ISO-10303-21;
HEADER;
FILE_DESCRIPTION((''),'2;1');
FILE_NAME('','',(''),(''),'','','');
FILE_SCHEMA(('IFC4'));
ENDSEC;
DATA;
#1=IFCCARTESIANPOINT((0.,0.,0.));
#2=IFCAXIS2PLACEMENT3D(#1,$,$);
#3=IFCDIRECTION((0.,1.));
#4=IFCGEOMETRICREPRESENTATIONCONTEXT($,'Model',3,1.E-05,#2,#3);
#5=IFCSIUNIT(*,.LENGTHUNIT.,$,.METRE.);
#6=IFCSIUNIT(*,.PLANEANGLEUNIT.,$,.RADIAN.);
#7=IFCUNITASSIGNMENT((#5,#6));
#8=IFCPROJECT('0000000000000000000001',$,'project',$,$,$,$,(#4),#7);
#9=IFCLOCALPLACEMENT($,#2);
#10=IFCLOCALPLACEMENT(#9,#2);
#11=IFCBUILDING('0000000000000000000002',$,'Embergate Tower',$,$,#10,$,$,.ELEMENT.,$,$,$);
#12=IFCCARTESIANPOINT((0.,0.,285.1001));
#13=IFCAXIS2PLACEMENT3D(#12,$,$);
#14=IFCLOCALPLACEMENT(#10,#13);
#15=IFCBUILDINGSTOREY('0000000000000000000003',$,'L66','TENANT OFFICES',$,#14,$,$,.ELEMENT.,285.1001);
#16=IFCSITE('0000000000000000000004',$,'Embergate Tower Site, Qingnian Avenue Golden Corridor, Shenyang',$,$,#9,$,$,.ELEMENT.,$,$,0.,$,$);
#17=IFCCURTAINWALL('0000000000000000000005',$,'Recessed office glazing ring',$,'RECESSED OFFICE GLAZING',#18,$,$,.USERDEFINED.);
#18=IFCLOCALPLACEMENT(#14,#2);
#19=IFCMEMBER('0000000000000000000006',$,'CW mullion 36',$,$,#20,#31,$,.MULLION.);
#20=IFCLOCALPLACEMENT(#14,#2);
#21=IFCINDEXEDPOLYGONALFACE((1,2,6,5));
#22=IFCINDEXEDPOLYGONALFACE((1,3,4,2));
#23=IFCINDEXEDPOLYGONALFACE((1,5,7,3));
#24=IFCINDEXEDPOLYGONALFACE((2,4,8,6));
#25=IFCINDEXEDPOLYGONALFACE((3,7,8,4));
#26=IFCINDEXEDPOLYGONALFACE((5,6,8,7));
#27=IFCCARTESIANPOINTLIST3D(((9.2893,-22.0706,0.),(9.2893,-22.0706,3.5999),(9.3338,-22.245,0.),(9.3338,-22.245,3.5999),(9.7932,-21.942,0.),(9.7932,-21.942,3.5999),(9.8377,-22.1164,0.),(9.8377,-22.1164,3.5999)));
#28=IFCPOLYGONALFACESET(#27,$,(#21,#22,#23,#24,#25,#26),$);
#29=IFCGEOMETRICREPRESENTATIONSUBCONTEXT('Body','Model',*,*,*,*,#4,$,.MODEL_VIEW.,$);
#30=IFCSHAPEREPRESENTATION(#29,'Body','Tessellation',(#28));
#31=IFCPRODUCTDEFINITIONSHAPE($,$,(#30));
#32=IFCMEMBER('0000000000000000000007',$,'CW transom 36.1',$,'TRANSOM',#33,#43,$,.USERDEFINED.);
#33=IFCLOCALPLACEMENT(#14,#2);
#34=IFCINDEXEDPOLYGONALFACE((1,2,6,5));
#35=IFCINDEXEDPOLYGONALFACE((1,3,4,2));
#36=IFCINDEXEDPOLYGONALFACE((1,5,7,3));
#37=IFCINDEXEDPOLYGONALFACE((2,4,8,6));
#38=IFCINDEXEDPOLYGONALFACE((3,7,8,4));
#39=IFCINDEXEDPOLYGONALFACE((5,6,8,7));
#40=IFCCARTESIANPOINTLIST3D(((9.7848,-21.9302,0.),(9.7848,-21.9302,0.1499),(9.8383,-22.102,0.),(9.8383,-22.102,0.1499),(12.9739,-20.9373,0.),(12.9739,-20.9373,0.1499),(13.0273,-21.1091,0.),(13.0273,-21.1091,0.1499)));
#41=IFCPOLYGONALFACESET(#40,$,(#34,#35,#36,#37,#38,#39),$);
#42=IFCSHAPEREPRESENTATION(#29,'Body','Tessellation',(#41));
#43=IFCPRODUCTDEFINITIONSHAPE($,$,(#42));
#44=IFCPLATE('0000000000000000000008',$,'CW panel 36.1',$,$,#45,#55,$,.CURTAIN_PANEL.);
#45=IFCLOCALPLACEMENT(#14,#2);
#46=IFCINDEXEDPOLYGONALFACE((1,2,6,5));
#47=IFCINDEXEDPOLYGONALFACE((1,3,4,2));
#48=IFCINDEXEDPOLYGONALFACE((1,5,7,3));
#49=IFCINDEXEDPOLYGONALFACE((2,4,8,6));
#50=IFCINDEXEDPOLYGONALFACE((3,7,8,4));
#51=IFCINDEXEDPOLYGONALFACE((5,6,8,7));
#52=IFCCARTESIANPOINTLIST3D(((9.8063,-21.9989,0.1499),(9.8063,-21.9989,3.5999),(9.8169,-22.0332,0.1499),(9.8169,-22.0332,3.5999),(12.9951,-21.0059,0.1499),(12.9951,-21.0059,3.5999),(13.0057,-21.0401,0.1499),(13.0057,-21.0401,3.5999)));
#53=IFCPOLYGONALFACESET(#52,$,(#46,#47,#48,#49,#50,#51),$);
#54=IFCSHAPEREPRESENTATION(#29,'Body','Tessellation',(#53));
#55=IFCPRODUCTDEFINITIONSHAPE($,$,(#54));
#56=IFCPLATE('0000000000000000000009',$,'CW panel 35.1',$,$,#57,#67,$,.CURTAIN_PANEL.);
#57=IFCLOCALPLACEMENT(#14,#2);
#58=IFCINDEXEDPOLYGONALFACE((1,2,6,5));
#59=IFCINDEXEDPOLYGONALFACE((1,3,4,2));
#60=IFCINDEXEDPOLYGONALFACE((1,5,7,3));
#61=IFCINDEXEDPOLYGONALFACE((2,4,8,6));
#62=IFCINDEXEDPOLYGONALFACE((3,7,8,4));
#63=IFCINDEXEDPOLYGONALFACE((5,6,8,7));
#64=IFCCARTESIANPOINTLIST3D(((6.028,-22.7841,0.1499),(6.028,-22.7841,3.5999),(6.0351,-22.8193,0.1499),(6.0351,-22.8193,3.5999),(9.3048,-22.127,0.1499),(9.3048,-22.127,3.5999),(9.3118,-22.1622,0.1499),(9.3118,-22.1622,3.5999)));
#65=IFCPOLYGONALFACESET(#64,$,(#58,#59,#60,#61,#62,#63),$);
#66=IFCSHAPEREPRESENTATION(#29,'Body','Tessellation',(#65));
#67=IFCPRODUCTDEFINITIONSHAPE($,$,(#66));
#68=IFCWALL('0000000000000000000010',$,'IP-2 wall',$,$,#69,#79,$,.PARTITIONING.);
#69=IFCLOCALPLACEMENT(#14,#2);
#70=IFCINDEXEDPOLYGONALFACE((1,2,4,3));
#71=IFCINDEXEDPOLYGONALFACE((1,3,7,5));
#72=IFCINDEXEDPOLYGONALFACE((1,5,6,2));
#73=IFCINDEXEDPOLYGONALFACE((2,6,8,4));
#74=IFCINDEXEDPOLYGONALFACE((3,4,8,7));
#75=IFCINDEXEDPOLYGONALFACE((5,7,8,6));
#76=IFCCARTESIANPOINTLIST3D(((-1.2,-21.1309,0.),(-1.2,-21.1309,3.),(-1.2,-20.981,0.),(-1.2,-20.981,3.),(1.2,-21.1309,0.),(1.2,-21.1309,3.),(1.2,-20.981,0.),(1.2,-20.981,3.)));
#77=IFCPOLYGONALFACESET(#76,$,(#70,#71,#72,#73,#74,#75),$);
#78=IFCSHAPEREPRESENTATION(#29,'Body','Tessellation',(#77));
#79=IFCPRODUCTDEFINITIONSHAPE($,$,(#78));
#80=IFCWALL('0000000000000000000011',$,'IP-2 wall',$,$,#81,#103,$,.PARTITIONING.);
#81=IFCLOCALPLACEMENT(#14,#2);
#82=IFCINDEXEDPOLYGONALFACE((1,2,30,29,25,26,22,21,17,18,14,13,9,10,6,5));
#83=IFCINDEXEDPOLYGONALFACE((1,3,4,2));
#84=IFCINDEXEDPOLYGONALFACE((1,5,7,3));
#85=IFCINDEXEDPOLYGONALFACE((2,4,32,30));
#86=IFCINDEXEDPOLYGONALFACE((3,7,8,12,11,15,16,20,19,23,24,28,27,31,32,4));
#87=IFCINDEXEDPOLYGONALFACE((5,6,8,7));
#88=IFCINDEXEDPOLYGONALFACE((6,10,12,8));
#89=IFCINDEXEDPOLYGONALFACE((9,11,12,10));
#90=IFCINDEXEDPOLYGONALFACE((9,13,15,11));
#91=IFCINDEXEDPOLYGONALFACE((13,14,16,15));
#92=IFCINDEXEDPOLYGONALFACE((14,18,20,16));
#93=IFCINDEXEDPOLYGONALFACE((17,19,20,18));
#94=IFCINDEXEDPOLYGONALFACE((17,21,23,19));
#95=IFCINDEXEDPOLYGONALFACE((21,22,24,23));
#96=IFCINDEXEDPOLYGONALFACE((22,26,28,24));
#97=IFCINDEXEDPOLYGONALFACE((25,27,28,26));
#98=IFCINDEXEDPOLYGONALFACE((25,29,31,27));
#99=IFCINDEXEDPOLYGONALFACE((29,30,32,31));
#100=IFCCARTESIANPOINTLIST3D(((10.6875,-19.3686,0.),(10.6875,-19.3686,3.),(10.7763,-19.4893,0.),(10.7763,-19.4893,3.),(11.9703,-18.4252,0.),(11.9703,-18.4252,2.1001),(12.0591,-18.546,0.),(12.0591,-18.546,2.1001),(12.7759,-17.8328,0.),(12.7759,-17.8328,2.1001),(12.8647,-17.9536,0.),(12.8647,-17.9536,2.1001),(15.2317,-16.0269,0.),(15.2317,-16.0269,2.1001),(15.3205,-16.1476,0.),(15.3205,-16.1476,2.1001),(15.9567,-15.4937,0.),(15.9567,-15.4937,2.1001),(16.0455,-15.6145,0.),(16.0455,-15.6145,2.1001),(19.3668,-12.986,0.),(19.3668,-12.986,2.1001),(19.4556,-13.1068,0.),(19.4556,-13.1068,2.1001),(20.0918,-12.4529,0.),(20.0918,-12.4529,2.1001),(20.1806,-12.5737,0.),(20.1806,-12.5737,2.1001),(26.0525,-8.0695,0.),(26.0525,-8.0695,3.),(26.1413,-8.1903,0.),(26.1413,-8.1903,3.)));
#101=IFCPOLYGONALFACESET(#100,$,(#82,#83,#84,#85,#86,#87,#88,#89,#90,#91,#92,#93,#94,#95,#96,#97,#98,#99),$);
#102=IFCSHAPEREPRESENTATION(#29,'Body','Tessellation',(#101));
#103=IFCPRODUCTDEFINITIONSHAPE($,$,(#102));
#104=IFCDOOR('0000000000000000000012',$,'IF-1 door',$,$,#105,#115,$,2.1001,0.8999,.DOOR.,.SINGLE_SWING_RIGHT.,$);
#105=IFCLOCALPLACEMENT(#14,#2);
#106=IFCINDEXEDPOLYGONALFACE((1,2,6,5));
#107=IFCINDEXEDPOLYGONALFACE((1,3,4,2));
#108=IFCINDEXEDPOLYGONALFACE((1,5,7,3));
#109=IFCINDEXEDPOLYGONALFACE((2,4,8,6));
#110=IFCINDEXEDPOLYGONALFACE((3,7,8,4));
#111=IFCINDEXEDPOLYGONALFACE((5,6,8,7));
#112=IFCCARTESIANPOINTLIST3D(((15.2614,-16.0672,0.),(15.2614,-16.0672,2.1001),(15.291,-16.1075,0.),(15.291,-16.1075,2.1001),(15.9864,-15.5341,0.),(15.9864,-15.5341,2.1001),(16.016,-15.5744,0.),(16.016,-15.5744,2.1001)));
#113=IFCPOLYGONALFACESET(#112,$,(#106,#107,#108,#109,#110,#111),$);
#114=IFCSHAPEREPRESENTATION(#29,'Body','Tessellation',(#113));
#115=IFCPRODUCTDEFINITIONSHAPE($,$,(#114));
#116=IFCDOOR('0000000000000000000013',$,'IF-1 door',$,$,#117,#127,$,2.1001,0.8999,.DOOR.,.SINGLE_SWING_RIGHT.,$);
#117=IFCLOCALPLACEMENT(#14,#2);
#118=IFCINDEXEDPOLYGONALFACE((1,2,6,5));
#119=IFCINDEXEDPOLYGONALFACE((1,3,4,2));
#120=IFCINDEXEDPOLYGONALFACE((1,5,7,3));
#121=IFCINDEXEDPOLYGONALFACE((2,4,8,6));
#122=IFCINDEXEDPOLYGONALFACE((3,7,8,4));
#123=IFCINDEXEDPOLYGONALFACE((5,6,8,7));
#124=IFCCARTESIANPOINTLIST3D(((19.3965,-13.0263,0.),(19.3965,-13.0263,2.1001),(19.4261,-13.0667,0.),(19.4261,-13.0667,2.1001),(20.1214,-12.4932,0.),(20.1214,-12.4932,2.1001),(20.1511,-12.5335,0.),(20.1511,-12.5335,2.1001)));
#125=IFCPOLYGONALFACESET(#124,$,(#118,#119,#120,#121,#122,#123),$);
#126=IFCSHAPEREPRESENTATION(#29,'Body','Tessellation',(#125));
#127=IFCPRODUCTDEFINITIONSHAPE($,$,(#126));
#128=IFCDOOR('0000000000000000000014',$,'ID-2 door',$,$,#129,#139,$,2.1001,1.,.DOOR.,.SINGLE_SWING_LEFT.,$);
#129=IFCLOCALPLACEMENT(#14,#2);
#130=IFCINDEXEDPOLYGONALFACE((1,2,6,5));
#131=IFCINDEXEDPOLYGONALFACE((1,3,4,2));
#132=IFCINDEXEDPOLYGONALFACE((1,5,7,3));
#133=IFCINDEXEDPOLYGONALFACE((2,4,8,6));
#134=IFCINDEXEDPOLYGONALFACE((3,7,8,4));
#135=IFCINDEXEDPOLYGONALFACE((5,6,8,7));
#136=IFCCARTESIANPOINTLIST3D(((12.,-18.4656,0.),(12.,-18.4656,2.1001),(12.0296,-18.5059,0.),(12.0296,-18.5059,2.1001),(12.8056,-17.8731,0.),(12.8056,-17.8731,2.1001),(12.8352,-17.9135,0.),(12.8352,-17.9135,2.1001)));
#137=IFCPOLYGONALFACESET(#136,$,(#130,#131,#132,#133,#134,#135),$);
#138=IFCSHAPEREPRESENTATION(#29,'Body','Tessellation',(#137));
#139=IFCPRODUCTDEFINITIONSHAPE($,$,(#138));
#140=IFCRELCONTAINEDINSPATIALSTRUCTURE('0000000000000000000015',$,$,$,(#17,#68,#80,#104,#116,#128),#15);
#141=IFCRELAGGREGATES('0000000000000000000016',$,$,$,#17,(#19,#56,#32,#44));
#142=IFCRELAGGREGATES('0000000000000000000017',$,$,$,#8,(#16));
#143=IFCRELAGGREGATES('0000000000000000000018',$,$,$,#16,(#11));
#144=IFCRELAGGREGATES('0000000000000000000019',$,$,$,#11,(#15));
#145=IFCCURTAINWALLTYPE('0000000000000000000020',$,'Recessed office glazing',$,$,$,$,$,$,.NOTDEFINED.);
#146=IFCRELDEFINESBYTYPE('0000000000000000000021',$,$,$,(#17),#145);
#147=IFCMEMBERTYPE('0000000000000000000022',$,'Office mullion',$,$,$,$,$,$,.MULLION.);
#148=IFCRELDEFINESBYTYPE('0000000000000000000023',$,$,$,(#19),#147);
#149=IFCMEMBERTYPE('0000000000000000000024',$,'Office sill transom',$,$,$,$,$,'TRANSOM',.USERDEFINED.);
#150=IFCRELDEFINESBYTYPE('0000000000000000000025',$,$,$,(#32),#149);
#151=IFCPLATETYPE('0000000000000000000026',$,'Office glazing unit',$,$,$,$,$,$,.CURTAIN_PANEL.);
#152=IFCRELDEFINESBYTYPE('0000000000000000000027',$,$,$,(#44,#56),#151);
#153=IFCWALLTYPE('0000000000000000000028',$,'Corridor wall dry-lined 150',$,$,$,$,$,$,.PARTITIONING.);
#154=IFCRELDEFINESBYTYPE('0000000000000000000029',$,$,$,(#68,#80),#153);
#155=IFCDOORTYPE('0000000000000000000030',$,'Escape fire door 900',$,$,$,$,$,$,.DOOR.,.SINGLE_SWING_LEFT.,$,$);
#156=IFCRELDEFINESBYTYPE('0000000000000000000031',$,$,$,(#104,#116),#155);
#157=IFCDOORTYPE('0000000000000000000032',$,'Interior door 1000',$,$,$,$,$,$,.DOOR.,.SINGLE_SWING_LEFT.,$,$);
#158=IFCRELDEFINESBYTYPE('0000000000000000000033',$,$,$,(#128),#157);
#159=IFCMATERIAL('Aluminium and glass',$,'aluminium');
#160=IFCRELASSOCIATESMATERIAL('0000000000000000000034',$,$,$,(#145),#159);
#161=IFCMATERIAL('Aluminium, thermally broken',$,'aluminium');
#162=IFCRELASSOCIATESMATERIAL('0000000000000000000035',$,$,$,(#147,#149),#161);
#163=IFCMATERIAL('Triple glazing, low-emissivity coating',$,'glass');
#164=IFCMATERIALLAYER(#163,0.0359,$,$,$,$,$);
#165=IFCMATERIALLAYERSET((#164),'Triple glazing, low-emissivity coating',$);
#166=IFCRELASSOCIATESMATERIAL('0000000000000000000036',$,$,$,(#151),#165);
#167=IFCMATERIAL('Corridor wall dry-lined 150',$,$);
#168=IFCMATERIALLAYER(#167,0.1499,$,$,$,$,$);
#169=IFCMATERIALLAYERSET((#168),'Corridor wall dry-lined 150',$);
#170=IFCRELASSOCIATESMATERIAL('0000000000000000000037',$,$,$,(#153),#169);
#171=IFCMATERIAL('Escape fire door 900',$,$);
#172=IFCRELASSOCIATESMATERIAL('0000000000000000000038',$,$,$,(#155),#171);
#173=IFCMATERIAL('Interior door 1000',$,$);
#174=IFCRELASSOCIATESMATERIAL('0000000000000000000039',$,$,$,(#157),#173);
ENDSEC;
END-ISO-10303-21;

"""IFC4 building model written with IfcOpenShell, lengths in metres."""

from ifc_helpers import new_model, si_unit, direction, frame, frame_2d, origin, origin_2d, place, context, subcontext, project, spatial, rectangle, extrude, source, transform, mapped, material, layer, layer_set, material_profile, profile_set, type_object, element, fill, aggregate, save


model = new_model("IFC4")

# Units and contexts
model_context = context("Model", 3, precision=1e-05, world=origin(), true_north=direction((0.0, 1.0)))
body_context = subcontext(model_context, "Body", "Model", "MODEL_VIEW")
ifc_project = project(units=[si_unit("LENGTHUNIT", "METRE"), si_unit("PLANEANGLEUNIT", "RADIAN")], contexts=[model_context])

# Site, building, storey
site_placement = place(None, origin())
site = spatial("IfcSite", under=ifc_project, at=site_placement, Name="Embergate Tower Site, Qingnian Avenue Golden Corridor, Shenyang", CompositionType="ELEMENT", RefElevation=0.0)
building_placement = place(site_placement, origin())
building = spatial("IfcBuilding", under=site, at=building_placement, Name="Embergate Tower", CompositionType="ELEMENT")
storey_placement = place(building_placement, frame((0.0, 0.0, 285.1001)))
storey = spatial("IfcBuildingStorey", under=building, at=storey_placement, Name="L66", Description="TENANT OFFICES", CompositionType="ELEMENT", Elevation=285.1001)

# Curtain wall, members, plates
ifc_material_1 = material(Name="Aluminium and glass", Category="aluminium")
curtain_wall_type = type_object("IfcCurtainWallType", Name="Recessed office glazing", PredefinedType="NOTDEFINED", material=ifc_material_1)
curtain_wall_placement = place(storey_placement, origin())
curtain_wall = element("IfcCurtainWall", 1, at=curtain_wall_placement, inside=storey, type_object=curtain_wall_type, Name="Recessed office glazing ring", ObjectType="RECESSED OFFICE GLAZING", PredefinedType="USERDEFINED")
ifc_material_2 = material(Name="Aluminium, thermally broken", Category="aluminium")
ifc_material_profile_1 = material_profile(ifc_material_2, rectangle(XDim=0.1799, YDim=0.52, at=origin_2d()), Name="AL 520x180")
ifc_profile_set_1 = profile_set([ifc_material_profile_1], Name="Aluminium, thermally broken")
member_type_1 = type_object("IfcMemberType", Name="Office mullion", PredefinedType="MULLION", material=ifc_profile_set_1)
shared_shape_1 = source(origin(), body_context, "Body", "SweptSolid", [
    extrude(rectangle(XDim=0.1799, YDim=0.52, at=origin_2d()), origin(), (0.0, 0.0, 1.0), 3.5999),
])
member_1_placement = place(storey_placement, frame((9.5635, -22.0935, 0.0), z_axis=(0.0, 0.0, 1.0), x_axis=(-0.247305, 0.968938, 0.0)))
member_1 = element("IfcMember", 2, at=member_1_placement, type_object=member_type_1, Name="CW mullion 36", PredefinedType="MULLION", context=body_context, shape_type="MappedRepresentation", body=[
    mapped(shared_shape_1, transform((0.0, 0.0, 0.0))),
])
ifc_material_profile_2 = material_profile(ifc_material_2, rectangle(XDim=0.1799, YDim=0.1499, at=origin_2d()), Name="AL 150x180")
ifc_profile_set_2 = profile_set([ifc_material_profile_2], Name="Aluminium, thermally broken")
member_type_2 = type_object("IfcMemberType", Name="Office sill transom", ElementType="TRANSOM", PredefinedType="USERDEFINED", material=ifc_profile_set_2)
shared_shape_2 = source(origin(), body_context, "Body", "SweptSolid", [
    extrude(rectangle(XDim=0.1799, YDim=0.1499, at=origin_2d()), origin(), (0.0, 0.0, 1.0), 3.3401),
])
member_2_placement = place(storey_placement, frame((9.8115, -22.0161, 0.075), z_axis=(0.954789, 0.297284, 0.0), x_axis=(-0.297284, 0.954789, 0.0)))
member_2 = element("IfcMember", 3, at=member_2_placement, type_object=member_type_2, Name="CW transom 36.1", ObjectType="TRANSOM", PredefinedType="USERDEFINED", context=body_context, shape_type="MappedRepresentation", body=[
    mapped(shared_shape_2, transform((0.0, 0.0, 0.0))),
])
ifc_material_3 = material(Name="Triple glazing, low-emissivity coating", Category="glass")
ifc_layer_1 = layer(ifc_material_3, 0.0359)
ifc_layer_set_1 = layer_set([ifc_layer_1], Name="Triple glazing, low-emissivity coating")
plate_type = type_object("IfcPlateType", Name="Office glazing unit", PredefinedType="CURTAIN_PANEL", material=ifc_layer_set_1)
shared_shape_3 = source(origin(), body_context, "Body", "SweptSolid", [
    extrude(rectangle(XDim=3.3398, YDim=0.0359, at=origin_2d()), origin(), (0.0, 0.0, 1.0), 3.45),
])
plate_1_placement = place(storey_placement, frame((11.406, -21.5195, 0.1499), z_axis=(0.0, 0.0, 1.0), x_axis=(0.954774, 0.297333, 0.0)))
plate_1 = element("IfcPlate", 4, at=plate_1_placement, type_object=plate_type, Name="CW panel 36.1", PredefinedType="CURTAIN_PANEL", context=body_context, shape_type="MappedRepresentation", body=[
    mapped(shared_shape_3, transform((0.0, 0.0, 0.0))),
])
shared_shape_4 = source(origin(), body_context, "Body", "SweptSolid", [
    extrude(rectangle(XDim=3.342, YDim=0.0359, at=origin_2d()), origin(), (0.0, 0.0, 1.0), 3.45),
])
plate_2_placement = place(storey_placement, frame((7.6699, -22.4731, 0.1499), z_axis=(0.0, 0.0, 1.0), x_axis=(0.980477, 0.196636, 0.0)))
plate_2 = element("IfcPlate", 5, at=plate_2_placement, type_object=plate_type, Name="CW panel 35.1", PredefinedType="CURTAIN_PANEL", context=body_context, shape_type="MappedRepresentation", body=[
    mapped(shared_shape_4, transform((0.0, 0.0, 0.0))),
])
aggregate(curtain_wall, [member_1, plate_2, member_2, plate_1])

# Wall
ifc_material_4 = material(Name="Corridor wall dry-lined 150")
ifc_layer_2 = layer(ifc_material_4, 0.1499)
ifc_layer_set_2 = layer_set([ifc_layer_2], Name="Corridor wall dry-lined 150")
wall_type_1 = type_object("IfcWallType", Name="Corridor wall dry-lined 150", PredefinedType="PARTITIONING", material=ifc_layer_set_2)
shared_shape_5 = source(origin(), body_context, "Body", "SweptSolid", [
    extrude(rectangle(XDim=2.3999, YDim=0.1499, at=frame_2d((1.2, 0.0))), origin(), (0.0, 0.0, 1.0), 3.0),
])
wall_1_placement = place(storey_placement, frame((1.2, -21.0559, 0.0), z_axis=(0.0, 0.0, 1.0), x_axis=(-1.0, 0.0, 0.0)))
element("IfcWall", 6, at=wall_1_placement, inside=storey, type_object=wall_type_1, Name="IP-2 wall", PredefinedType="PARTITIONING", context=body_context, shape_type="MappedRepresentation", body=[
    mapped(shared_shape_5, transform((0.0, 0.0, 0.0))),
])

# Wall, openings, doors
shared_shape_6 = source(origin(), body_context, "Body", "SweptSolid", [
    extrude(rectangle(XDim=19.0723, YDim=0.1499, at=frame_2d((9.5361, 0.0))), origin(), (0.0, 0.0, 1.0), 3.0),
])
wall_2_placement = place(storey_placement, frame((10.7319, -19.429, 0.0), z_axis=(0.0, 0.0, 1.0), x_axis=(0.805619, 0.592434, 0.0)))
wall_2 = element("IfcWall", 7, at=wall_2_placement, inside=storey, type_object=wall_type_1, Name="IP-2 wall", PredefinedType="PARTITIONING", context=body_context, shape_type="MappedRepresentation", body=[
    mapped(shared_shape_6, transform((0.0, 0.0, 0.0))),
])
shared_shape_7 = source(origin(), body_context, "Body", "SweptSolid", [
    extrude(rectangle(XDim=1.0, YDim=2.1001, at=frame_2d((0.5, 1.05))), frame((0.0, 0.085, 0.0), z_axis=(0.0, -1.0, 0.0), x_axis=(1.0, 0.0, 0.0)), (0.0, 0.0, 1.0), 0.1699),
])
opening_1_placement = place(wall_2_placement, frame((1.5923, 0.0, 0.0)))
opening_1 = element("IfcOpeningElement", 8, at=opening_1_placement, cuts=wall_2, PredefinedType="OPENING", context=body_context, shape_type="MappedRepresentation", body=[
    mapped(shared_shape_7, transform((0.0, 0.0, 0.0))),
])
shared_shape_8 = source(origin(), body_context, "Body", "SweptSolid", [
    extrude(rectangle(XDim=0.8999, YDim=2.1001, at=frame_2d((0.45, 1.05))), frame((0.0, 0.085, 0.0), z_axis=(0.0, -1.0, 0.0), x_axis=(1.0, 0.0, 0.0)), (0.0, 0.0, 1.0), 0.1699),
])
opening_2_placement = place(wall_2_placement, frame((5.6406, 0.0, 0.0)))
opening_2 = element("IfcOpeningElement", 9, at=opening_2_placement, cuts=wall_2, PredefinedType="OPENING", context=body_context, shape_type="MappedRepresentation", body=[
    mapped(shared_shape_8, transform((0.0, 0.0, 0.0))),
])
opening_3_placement = place(wall_2_placement, frame((10.7734, 0.0, 0.0)))
opening_3 = element("IfcOpeningElement", 10, at=opening_3_placement, cuts=wall_2, PredefinedType="OPENING", context=body_context, shape_type="MappedRepresentation", body=[
    mapped(shared_shape_8, transform((0.0, 0.0, 0.0))),
])
ifc_material_5 = material(Name="Escape fire door 900")
door_type_1 = type_object("IfcDoorType", Name="Escape fire door 900", OperationType="SINGLE_SWING_LEFT", PredefinedType="DOOR", material=ifc_material_5)
shared_shape_9 = source(origin(), body_context, "Body", "SweptSolid", [
    extrude(rectangle(XDim=0.8999, YDim=2.1001, at=frame_2d((0.45, 1.05))), frame((0.0, 0.0249, 0.0), z_axis=(0.0, -1.0, 0.0), x_axis=(1.0, 0.0, 0.0)), (0.0, 0.0, 1.0), 0.05),
])
door_1_placement = place(opening_2_placement, origin())
door_1 = element("IfcDoor", 11, at=door_1_placement, inside=storey, type_object=door_type_1, Name="IF-1 door", OperationType="SINGLE_SWING_RIGHT", OverallHeight=2.1001, OverallWidth=0.8999, PredefinedType="DOOR", context=body_context, shape_type="MappedRepresentation", body=[
    mapped(shared_shape_9, transform((0.0, 0.0, 0.0))),
])
fill(opening_2, door_1)
door_2_placement = place(opening_3_placement, origin())
door_2 = element("IfcDoor", 12, at=door_2_placement, inside=storey, type_object=door_type_1, Name="IF-1 door", OperationType="SINGLE_SWING_RIGHT", OverallHeight=2.1001, OverallWidth=0.8999, PredefinedType="DOOR", context=body_context, shape_type="MappedRepresentation", body=[
    mapped(shared_shape_9, transform((0.0, 0.0, 0.0))),
])
fill(opening_3, door_2)
ifc_material_6 = material(Name="Interior door 1000")
door_type_2 = type_object("IfcDoorType", Name="Interior door 1000", OperationType="SINGLE_SWING_LEFT", PredefinedType="DOOR", material=ifc_material_6)
shared_shape_10 = source(origin(), body_context, "Body", "SweptSolid", [
    extrude(rectangle(XDim=1.0, YDim=2.1001, at=frame_2d((0.5, 1.05))), frame((0.0, 0.0249, 0.0), z_axis=(0.0, -1.0, 0.0), x_axis=(1.0, 0.0, 0.0)), (0.0, 0.0, 1.0), 0.05),
])
door_3_placement = place(opening_1_placement, origin())
door_3 = element("IfcDoor", 13, at=door_3_placement, inside=storey, type_object=door_type_2, Name="ID-2 door", OperationType="SINGLE_SWING_LEFT", OverallHeight=2.1001, OverallWidth=1.0, PredefinedType="DOOR", context=body_context, shape_type="MappedRepresentation", body=[
    mapped(shared_shape_10, transform((0.0, 0.0, 0.0))),
])
fill(opening_1, door_3)

save(model, "model.ifc")
